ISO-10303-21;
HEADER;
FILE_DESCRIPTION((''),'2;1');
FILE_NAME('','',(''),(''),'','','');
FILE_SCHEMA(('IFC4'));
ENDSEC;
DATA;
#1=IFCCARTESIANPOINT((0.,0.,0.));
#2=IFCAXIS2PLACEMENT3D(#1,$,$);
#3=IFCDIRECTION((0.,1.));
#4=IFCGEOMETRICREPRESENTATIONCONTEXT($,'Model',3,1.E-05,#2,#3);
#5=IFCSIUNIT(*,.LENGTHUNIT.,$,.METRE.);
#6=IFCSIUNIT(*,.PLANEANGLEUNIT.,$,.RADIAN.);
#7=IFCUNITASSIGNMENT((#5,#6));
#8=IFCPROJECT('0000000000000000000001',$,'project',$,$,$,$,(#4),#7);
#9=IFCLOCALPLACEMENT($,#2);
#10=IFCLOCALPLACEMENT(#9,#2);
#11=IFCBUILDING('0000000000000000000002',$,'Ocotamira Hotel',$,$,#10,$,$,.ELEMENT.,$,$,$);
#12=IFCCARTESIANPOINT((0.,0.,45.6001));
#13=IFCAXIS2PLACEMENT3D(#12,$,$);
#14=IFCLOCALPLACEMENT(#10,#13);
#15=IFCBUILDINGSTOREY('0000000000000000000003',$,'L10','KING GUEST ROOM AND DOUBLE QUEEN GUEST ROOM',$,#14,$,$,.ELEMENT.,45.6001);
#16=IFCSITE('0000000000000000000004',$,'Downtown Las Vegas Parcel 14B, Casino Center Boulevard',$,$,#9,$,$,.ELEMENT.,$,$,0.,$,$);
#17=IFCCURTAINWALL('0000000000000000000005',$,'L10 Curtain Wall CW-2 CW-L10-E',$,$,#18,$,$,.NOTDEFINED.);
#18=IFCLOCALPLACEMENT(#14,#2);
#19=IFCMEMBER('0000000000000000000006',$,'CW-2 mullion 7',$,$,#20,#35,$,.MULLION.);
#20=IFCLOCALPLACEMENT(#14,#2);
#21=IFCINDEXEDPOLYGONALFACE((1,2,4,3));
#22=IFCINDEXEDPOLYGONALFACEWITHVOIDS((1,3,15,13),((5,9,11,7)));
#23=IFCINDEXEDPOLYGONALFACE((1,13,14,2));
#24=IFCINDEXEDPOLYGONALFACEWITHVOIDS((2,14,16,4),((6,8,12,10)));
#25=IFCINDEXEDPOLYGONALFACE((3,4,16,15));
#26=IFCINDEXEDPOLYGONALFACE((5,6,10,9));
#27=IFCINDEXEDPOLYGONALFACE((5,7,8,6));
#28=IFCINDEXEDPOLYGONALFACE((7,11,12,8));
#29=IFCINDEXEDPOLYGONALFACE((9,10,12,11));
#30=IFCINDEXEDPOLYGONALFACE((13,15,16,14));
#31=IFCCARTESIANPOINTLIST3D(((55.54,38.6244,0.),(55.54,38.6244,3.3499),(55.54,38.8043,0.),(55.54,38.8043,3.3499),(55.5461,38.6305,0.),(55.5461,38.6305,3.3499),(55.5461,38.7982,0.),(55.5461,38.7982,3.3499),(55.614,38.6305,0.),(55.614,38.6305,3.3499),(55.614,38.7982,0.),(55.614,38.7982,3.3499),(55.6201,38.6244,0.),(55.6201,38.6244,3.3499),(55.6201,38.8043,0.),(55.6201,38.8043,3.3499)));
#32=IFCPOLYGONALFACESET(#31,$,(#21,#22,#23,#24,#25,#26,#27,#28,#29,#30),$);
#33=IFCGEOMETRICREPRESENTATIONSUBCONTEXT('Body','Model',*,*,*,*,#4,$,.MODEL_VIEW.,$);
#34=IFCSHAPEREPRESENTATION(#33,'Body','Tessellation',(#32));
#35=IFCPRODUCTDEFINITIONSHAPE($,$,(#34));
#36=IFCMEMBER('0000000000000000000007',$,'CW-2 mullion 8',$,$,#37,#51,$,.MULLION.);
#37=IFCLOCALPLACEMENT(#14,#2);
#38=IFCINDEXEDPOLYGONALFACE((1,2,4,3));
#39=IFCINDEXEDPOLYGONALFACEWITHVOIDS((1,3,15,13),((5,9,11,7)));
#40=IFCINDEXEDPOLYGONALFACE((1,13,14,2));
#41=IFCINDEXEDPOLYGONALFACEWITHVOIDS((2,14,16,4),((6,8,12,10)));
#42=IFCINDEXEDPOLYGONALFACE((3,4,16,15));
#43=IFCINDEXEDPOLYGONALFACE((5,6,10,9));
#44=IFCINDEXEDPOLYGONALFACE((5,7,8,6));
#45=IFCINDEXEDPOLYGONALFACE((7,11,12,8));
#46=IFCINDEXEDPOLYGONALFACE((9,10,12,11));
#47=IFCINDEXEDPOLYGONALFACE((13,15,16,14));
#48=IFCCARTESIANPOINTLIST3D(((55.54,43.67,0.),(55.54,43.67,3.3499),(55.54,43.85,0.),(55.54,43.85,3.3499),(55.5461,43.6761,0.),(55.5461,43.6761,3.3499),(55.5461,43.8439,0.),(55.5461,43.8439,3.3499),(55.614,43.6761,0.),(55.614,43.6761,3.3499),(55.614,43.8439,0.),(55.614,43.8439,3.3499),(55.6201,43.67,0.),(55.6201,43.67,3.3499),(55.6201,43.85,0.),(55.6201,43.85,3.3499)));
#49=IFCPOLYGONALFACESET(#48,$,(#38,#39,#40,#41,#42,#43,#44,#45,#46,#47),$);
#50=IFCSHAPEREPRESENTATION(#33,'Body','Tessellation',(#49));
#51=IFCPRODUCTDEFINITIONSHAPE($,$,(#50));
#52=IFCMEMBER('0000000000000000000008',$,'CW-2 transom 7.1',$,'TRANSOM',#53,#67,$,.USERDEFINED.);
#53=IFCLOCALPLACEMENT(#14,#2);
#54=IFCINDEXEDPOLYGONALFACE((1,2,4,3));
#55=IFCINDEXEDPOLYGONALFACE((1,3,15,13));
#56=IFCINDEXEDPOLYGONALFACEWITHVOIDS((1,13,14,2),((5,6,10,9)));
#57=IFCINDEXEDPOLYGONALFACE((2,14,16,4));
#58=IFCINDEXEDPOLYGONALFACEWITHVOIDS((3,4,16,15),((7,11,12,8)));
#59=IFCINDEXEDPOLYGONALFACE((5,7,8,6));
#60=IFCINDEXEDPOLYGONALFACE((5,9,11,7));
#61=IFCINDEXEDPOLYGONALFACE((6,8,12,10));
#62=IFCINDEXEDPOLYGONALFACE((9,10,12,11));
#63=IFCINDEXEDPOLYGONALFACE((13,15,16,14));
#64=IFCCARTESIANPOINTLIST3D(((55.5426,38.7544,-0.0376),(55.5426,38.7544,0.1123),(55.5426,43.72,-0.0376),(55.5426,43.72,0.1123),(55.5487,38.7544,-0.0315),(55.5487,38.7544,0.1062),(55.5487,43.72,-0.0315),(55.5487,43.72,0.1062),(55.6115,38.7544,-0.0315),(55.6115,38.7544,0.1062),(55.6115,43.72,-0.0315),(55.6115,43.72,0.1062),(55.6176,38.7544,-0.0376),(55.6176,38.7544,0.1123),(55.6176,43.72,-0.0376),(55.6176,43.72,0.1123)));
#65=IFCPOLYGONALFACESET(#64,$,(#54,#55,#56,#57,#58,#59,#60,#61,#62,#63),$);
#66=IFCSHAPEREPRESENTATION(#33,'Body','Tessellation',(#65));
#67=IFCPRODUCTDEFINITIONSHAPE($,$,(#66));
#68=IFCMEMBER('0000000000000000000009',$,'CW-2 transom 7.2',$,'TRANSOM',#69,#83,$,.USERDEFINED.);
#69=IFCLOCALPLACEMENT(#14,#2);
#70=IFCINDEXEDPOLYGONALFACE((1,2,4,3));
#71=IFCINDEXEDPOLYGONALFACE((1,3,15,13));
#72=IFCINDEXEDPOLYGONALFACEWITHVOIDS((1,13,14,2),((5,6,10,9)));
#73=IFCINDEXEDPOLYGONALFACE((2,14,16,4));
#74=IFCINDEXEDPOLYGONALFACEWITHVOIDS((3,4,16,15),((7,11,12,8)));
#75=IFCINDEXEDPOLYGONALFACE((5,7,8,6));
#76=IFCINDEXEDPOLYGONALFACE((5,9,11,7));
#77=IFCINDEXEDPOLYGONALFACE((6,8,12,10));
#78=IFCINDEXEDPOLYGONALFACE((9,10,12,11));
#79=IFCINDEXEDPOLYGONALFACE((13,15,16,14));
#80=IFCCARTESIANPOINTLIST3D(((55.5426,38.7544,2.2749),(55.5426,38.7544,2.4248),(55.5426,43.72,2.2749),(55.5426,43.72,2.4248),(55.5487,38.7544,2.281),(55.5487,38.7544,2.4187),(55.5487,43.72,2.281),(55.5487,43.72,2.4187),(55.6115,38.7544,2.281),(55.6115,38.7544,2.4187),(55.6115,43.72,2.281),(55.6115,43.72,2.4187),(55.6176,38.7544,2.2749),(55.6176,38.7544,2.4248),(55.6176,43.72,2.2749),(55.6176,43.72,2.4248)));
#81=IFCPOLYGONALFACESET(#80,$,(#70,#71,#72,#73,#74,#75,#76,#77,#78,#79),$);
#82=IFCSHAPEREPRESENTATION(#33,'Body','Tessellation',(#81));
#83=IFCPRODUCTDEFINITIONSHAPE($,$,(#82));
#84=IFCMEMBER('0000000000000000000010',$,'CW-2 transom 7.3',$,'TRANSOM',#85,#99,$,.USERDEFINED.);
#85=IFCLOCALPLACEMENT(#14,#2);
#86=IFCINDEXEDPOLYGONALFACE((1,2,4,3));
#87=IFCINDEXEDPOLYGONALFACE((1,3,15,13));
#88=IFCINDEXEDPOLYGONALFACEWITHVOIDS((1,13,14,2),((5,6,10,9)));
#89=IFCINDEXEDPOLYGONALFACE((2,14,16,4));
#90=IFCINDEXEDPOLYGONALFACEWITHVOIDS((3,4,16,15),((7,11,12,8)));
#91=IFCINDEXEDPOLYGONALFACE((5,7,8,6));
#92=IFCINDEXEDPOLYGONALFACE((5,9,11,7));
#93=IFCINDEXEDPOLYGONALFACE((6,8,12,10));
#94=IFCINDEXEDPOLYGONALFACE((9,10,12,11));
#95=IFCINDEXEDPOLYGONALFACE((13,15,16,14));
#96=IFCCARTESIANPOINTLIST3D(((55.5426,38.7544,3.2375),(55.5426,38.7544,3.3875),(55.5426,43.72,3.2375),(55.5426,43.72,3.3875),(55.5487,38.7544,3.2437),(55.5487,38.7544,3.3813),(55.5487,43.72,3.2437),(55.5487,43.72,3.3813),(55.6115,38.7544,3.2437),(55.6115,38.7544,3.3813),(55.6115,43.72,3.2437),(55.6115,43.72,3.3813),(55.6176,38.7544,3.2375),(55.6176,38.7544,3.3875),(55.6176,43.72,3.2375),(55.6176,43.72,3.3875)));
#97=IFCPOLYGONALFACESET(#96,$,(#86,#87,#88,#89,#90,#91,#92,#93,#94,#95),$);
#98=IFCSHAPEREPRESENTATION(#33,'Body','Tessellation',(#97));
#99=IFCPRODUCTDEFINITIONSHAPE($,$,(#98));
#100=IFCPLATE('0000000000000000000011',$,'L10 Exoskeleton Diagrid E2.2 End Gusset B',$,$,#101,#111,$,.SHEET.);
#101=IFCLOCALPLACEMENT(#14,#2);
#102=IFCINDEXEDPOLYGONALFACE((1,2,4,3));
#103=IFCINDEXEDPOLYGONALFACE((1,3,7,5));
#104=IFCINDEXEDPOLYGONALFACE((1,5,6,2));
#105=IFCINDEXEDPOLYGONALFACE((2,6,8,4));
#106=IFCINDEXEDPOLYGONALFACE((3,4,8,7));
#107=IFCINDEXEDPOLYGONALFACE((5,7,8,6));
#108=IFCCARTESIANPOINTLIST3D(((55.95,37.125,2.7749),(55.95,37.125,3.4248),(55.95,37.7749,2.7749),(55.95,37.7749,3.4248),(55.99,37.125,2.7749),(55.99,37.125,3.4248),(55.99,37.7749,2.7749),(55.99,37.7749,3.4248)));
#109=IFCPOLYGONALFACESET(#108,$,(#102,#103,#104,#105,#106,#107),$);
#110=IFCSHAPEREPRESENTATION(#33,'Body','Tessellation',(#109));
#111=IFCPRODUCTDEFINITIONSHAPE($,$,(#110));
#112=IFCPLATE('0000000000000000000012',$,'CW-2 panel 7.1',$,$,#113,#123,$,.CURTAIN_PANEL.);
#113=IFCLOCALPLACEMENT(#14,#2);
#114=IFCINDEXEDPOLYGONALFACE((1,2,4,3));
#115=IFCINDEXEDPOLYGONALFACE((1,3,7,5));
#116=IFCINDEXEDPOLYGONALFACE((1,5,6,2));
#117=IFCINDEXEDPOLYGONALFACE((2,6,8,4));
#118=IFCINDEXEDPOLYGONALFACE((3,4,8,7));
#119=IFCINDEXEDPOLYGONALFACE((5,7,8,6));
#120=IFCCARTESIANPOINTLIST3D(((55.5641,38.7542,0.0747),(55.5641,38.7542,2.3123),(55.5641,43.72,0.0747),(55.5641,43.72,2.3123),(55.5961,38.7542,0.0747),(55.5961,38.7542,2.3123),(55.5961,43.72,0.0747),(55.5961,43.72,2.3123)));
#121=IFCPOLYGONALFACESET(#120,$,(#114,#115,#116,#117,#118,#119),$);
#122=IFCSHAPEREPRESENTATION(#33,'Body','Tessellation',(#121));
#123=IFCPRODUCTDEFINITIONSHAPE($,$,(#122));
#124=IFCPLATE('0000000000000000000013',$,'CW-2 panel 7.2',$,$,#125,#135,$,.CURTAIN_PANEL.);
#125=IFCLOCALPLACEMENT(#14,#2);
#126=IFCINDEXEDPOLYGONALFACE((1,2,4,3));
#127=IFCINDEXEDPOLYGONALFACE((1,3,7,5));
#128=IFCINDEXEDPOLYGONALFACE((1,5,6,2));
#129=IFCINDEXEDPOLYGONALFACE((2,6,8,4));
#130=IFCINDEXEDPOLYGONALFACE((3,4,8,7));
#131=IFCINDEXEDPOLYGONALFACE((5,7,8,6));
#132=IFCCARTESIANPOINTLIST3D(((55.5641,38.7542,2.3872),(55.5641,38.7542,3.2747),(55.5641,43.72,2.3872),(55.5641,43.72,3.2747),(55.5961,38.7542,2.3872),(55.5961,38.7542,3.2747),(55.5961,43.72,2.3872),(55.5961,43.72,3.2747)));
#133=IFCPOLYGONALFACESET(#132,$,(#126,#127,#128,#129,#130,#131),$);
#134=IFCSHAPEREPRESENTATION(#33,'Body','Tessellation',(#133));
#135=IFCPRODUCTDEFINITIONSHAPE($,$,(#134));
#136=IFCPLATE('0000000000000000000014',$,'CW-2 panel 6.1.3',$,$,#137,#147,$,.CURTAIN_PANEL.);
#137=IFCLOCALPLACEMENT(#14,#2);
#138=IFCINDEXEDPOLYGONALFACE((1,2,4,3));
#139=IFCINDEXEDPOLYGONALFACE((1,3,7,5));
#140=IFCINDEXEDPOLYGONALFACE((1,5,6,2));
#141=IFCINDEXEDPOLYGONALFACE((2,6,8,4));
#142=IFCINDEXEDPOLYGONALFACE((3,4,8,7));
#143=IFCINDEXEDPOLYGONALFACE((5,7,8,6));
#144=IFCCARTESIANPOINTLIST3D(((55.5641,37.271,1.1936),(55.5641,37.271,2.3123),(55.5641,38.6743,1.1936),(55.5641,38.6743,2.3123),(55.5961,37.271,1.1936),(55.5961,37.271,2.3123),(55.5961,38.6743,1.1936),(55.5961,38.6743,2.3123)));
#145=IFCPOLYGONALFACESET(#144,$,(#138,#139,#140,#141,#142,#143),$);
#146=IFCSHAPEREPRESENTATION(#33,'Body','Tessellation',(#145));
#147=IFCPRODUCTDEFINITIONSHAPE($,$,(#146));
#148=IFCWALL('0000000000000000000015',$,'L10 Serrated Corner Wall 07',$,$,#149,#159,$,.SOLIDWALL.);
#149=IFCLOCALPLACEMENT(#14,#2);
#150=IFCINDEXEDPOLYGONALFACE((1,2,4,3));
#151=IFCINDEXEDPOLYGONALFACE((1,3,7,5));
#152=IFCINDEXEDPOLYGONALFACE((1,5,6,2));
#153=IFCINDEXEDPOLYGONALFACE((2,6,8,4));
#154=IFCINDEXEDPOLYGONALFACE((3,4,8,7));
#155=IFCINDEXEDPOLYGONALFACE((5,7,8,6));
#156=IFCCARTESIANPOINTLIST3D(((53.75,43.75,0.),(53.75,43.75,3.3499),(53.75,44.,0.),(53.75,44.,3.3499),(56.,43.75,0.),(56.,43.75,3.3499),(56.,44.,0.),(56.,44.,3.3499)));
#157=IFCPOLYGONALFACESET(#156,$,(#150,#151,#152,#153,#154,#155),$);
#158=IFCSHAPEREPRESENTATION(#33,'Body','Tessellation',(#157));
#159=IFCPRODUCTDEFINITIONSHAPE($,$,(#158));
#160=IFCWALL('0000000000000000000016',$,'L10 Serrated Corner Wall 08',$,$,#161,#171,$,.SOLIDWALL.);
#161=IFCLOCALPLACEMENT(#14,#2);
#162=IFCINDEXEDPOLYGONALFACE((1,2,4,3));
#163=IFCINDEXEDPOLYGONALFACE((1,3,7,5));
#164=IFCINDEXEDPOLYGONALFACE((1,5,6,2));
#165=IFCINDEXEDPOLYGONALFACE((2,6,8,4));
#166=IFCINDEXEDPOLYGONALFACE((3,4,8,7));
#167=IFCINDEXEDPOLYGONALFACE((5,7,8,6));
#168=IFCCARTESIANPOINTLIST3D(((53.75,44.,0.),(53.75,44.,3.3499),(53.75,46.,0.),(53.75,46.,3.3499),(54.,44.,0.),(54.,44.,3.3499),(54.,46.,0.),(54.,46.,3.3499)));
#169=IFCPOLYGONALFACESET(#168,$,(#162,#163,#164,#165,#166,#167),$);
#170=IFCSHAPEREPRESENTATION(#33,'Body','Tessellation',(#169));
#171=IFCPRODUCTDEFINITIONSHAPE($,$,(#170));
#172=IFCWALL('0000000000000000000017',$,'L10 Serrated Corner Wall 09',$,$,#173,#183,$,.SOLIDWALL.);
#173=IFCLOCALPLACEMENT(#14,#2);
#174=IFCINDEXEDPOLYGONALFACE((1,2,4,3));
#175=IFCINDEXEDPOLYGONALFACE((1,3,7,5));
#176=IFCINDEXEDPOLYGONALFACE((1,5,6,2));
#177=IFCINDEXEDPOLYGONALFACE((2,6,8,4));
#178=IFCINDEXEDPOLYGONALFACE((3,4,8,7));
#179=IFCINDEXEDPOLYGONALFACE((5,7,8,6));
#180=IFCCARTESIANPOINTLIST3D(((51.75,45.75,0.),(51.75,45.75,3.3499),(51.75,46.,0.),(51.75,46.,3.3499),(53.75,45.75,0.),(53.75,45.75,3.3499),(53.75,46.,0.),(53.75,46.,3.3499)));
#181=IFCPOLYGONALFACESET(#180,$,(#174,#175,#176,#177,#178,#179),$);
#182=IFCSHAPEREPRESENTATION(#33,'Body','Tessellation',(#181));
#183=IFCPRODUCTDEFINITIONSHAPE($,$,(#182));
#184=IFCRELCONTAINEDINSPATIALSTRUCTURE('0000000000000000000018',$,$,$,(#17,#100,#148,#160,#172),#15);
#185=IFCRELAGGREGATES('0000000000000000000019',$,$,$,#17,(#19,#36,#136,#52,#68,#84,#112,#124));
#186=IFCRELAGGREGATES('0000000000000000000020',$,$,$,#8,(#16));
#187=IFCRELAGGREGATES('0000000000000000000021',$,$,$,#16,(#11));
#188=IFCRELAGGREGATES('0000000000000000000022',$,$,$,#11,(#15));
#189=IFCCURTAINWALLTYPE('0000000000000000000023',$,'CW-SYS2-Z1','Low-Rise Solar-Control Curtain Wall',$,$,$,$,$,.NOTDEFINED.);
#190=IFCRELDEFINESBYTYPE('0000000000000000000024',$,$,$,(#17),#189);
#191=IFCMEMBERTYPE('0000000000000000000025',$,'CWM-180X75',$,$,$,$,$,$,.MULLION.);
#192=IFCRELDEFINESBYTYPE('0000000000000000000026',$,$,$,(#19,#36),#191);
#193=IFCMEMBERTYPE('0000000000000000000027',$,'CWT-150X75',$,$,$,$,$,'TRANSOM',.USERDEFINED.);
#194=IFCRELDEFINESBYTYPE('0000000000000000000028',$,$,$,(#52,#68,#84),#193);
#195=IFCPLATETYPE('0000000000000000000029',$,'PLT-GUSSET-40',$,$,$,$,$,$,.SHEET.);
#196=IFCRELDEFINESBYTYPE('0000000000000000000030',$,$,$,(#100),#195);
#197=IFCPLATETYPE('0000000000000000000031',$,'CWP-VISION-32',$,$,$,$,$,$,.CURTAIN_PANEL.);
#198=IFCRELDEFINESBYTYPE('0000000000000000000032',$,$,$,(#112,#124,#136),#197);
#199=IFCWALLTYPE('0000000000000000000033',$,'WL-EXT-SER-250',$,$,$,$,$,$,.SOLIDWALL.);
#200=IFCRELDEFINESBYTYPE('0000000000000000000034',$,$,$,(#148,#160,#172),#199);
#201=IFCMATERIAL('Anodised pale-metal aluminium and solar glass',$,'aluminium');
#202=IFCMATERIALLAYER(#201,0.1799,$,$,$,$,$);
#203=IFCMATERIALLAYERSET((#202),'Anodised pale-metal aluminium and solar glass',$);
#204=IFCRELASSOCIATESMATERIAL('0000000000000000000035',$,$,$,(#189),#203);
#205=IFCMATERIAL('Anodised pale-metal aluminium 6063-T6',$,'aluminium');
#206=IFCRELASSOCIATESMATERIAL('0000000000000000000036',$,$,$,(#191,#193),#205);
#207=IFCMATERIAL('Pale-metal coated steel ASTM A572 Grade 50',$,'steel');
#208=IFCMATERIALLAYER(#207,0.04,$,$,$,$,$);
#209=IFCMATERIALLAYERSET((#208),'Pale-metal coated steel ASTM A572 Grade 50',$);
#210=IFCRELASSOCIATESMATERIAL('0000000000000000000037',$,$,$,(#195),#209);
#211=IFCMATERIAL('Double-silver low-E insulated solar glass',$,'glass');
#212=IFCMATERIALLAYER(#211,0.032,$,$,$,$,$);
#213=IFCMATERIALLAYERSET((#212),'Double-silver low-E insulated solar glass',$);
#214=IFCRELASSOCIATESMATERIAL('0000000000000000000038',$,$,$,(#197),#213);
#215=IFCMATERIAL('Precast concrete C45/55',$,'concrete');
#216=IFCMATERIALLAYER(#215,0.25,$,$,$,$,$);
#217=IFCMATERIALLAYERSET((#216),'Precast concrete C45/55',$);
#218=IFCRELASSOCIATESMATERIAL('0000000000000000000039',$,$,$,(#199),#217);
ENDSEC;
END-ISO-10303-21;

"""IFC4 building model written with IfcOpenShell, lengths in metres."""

from ifc_helpers import new_model, si_unit, direction, frame, frame_2d, origin, origin_2d, place, context, subcontext, project, spatial, rectangle, hollow_rectangle, extrude, source, transform, mapped, material, layer, layer_set, material_profile, profile_set, type_object, element, aggregate, save


model = new_model("IFC4")

# Units and contexts
model_context = context("Model", 3, precision=1e-05, world=origin(), true_north=direction((0.0, 1.0)))
body_context = subcontext(model_context, "Body", "Model", "MODEL_VIEW")
ifc_project = project(units=[si_unit("LENGTHUNIT", "METRE"), si_unit("PLANEANGLEUNIT", "RADIAN")], contexts=[model_context])

# Site, building, storey
site_placement = place(None, origin())
site = spatial("IfcSite", under=ifc_project, at=site_placement, Name="Downtown Las Vegas Parcel 14B, Casino Center Boulevard", CompositionType="ELEMENT", RefElevation=0.0)
building_placement = place(site_placement, origin())
building = spatial("IfcBuilding", under=site, at=building_placement, Name="Ocotamira Hotel", CompositionType="ELEMENT")
storey_placement = place(building_placement, frame((0.0, 0.0, 45.6001)))
storey = spatial("IfcBuildingStorey", under=building, at=storey_placement, Name="L10", Description="KING GUEST ROOM AND DOUBLE QUEEN GUEST ROOM", CompositionType="ELEMENT", Elevation=45.6001)

# Curtain wall, members
ifc_material_1 = material(Name="Anodised pale-metal aluminium and solar glass", Category="aluminium")
ifc_layer_1 = layer(ifc_material_1, 0.1799)
ifc_layer_set_1 = layer_set([ifc_layer_1], Name="Anodised pale-metal aluminium and solar glass")
curtain_wall_type = type_object("IfcCurtainWallType", Name="CW-SYS2-Z1", Description="Low-Rise Solar-Control Curtain Wall", PredefinedType="NOTDEFINED", material=ifc_layer_set_1)
curtain_wall_placement = place(storey_placement, origin())
curtain_wall = element("IfcCurtainWall", 1, at=curtain_wall_placement, inside=storey, type_object=curtain_wall_type, Name="L10 Curtain Wall CW-2 CW-L10-E", PredefinedType="NOTDEFINED")
ifc_material_2 = material(Name="Anodised pale-metal aluminium 6063-T6", Category="aluminium")
ifc_material_profile_1 = material_profile(ifc_material_2, hollow_rectangle(XDim=0.0801, YDim=0.1799, WallThickness=0.0061, at=origin_2d()), Name="HSS180X80X6")
ifc_profile_set_1 = profile_set([ifc_material_profile_1], Name="Anodised pale-metal aluminium 6063-T6")
member_type_1 = type_object("IfcMemberType", Name="CWM-180X75", PredefinedType="MULLION", material=ifc_profile_set_1)
shared_shape_1 = source(origin(), body_context, "Body", "SweptSolid", [
    extrude(hollow_rectangle(XDim=0.0801, YDim=0.1799, WallThickness=0.0061, at=origin_2d()), origin(), (0.0, 0.0, 1.0), 3.3499),
])
member_1_placement = place(storey_placement, frame((55.5801, 38.7144, 0.0), z_axis=(0.0, 0.0, 1.0), x_axis=(-1.0, 0.0, 0.0)))
member_1 = element("IfcMember", 2, at=member_1_placement, type_object=member_type_1, Name="CW-2 mullion 7", PredefinedType="MULLION", context=body_context, shape_type="MappedRepresentation", body=[
    mapped(shared_shape_1, transform((0.0, 0.0, 0.0), scale=1.0)),
])
member_2_placement = place(storey_placement, frame((55.5801, 43.76, 0.0), z_axis=(0.0, 0.0, 1.0), x_axis=(-1.0, 0.0, 0.0)))
member_2 = element("IfcMember", 3, at=member_2_placement, type_object=member_type_1, Name="CW-2 mullion 8", PredefinedType="MULLION", context=body_context, shape_type="MappedRepresentation", body=[
    mapped(shared_shape_1, transform((0.0, 0.0, 0.0), scale=1.0)),
])
ifc_material_profile_2 = material_profile(ifc_material_2, hollow_rectangle(XDim=0.075, YDim=0.1499, WallThickness=0.0061, at=origin_2d()), Name="HSS150X75X6")
ifc_profile_set_2 = profile_set([ifc_material_profile_2], Name="Anodised pale-metal aluminium 6063-T6")
member_type_2 = type_object("IfcMemberType", Name="CWT-150X75", ElementType="TRANSOM", PredefinedType="USERDEFINED", material=ifc_profile_set_2)
shared_shape_2 = source(origin(), body_context, "Body", "SweptSolid", [
    extrude(hollow_rectangle(XDim=0.075, YDim=0.1499, WallThickness=0.0061, at=origin_2d()), origin(), (0.0, 0.0, 1.0), 4.9656),
])
member_3_placement = place(storey_placement, frame((55.5801, 38.7544, 0.0374), z_axis=(0.0, 1.0, 0.0), x_axis=(-1.0, 0.0, 0.0)))
member_3 = element("IfcMember", 4, at=member_3_placement, type_object=member_type_2, Name="CW-2 transom 7.1", ObjectType="TRANSOM", PredefinedType="USERDEFINED", context=body_context, shape_type="MappedRepresentation", body=[
    mapped(shared_shape_2, transform((0.0, 0.0, 0.0), scale=1.0)),
])
member_4_placement = place(storey_placement, frame((55.5801, 38.7544, 2.3499), z_axis=(0.0, 1.0, 0.0), x_axis=(-1.0, 0.0, 0.0)))
member_4 = element("IfcMember", 5, at=member_4_placement, type_object=member_type_2, Name="CW-2 transom 7.2", ObjectType="TRANSOM", PredefinedType="USERDEFINED", context=body_context, shape_type="MappedRepresentation", body=[
    mapped(shared_shape_2, transform((0.0, 0.0, 0.0), scale=1.0)),
])
member_5_placement = place(storey_placement, frame((55.5801, 38.7544, 3.3125), z_axis=(0.0, 1.0, 0.0), x_axis=(-1.0, 0.0, 0.0)))
member_5 = element("IfcMember", 6, at=member_5_placement, type_object=member_type_2, Name="CW-2 transom 7.3", ObjectType="TRANSOM", PredefinedType="USERDEFINED", context=body_context, shape_type="MappedRepresentation", body=[
    mapped(shared_shape_2, transform((0.0, 0.0, 0.0), scale=1.0)),
])

# Plates
ifc_material_3 = material(Name="Pale-metal coated steel ASTM A572 Grade 50", Category="steel")
ifc_layer_2 = layer(ifc_material_3, 0.04)
ifc_layer_set_2 = layer_set([ifc_layer_2], Name="Pale-metal coated steel ASTM A572 Grade 50")
plate_type_1 = type_object("IfcPlateType", Name="PLT-GUSSET-40", PredefinedType="SHEET", material=ifc_layer_set_2)
shared_shape_3 = source(origin(), body_context, "Body", "SweptSolid", [
    extrude(rectangle(XDim=0.04, YDim=0.6499, at=origin_2d()), origin(), (0.0, 0.0, 1.0), 0.6499),
])
plate_1_placement = place(storey_placement, frame((55.97, 37.45, 2.7749), z_axis=(0.0, 0.0, 1.0), x_axis=(1.0, 0.0, 0.0)))
element("IfcPlate", 7, at=plate_1_placement, inside=storey, type_object=plate_type_1, Name="L10 Exoskeleton Diagrid E2.2 End Gusset B", PredefinedType="SHEET", context=body_context, shape_type="MappedRepresentation", body=[
    mapped(shared_shape_3, transform((0.0, 0.0, 0.0), scale=1.0)),
])
ifc_material_4 = material(Name="Double-silver low-E insulated solar glass", Category="glass")
ifc_layer_3 = layer(ifc_material_4, 0.032)
ifc_layer_set_3 = layer_set([ifc_layer_3], Name="Double-silver low-E insulated solar glass")
plate_type_2 = type_object("IfcPlateType", Name="CWP-VISION-32", PredefinedType="CURTAIN_PANEL", material=ifc_layer_set_3)
shared_shape_4 = source(origin(), body_context, "Body", "SweptSolid", [
    extrude(rectangle(XDim=4.9658, YDim=0.032, at=origin_2d()), origin(), (0.0, 0.0, 1.0), 2.2375),
])
plate_2_placement = place(storey_placement, frame((55.5801, 41.2371, 0.0747), z_axis=(0.0, 0.0, 1.0), x_axis=(0.0, 1.0, 0.0)))
plate_2 = element("IfcPlate", 8, at=plate_2_placement, type_object=plate_type_2, Name="CW-2 panel 7.1", PredefinedType="CURTAIN_PANEL", context=body_context, shape_type="MappedRepresentation", body=[
    mapped(shared_shape_4, transform((0.0, 0.0, 0.0), scale=1.0)),
])
shared_shape_5 = source(origin(), body_context, "Body", "SweptSolid", [
    extrude(rectangle(XDim=4.9658, YDim=0.032, at=origin_2d()), origin(), (0.0, 0.0, 1.0), 0.8875),
])
plate_3_placement = place(storey_placement, frame((55.5801, 41.2371, 2.3872), z_axis=(0.0, 0.0, 1.0), x_axis=(0.0, 1.0, 0.0)))
plate_3 = element("IfcPlate", 9, at=plate_3_placement, type_object=plate_type_2, Name="CW-2 panel 7.2", PredefinedType="CURTAIN_PANEL", context=body_context, shape_type="MappedRepresentation", body=[
    mapped(shared_shape_5, transform((0.0, 0.0, 0.0), scale=1.0)),
])
shared_shape_6 = source(origin(), body_context, "Body", "SweptSolid", [
    extrude(rectangle(XDim=1.4033, YDim=0.032, at=origin_2d()), origin(), (0.0, 0.0, 1.0), 1.1187),
])
plate_4_placement = place(storey_placement, frame((55.5801, 37.9727, 1.1936), z_axis=(0.0, 0.0, 1.0), x_axis=(0.0, 1.0, 0.0)))
plate_4 = element("IfcPlate", 10, at=plate_4_placement, type_object=plate_type_2, Name="CW-2 panel 6.1.3", PredefinedType="CURTAIN_PANEL", context=body_context, shape_type="MappedRepresentation", body=[
    mapped(shared_shape_6, transform((0.0, 0.0, 0.0), scale=1.0)),
])
aggregate(curtain_wall, [member_1, member_2, plate_4, member_3, member_4, member_5, plate_2, plate_3])

# Walls
ifc_material_5 = material(Name="Precast concrete C45/55", Category="concrete")
ifc_layer_4 = layer(ifc_material_5, 0.25)
ifc_layer_set_4 = layer_set([ifc_layer_4], Name="Precast concrete C45/55")
wall_type_1 = type_object("IfcWallType", Name="WL-EXT-SER-250", PredefinedType="SOLIDWALL", material=ifc_layer_set_4)
wall_1_placement = place(storey_placement, frame((56.0, 43.875, 0.0), z_axis=(0.0, 0.0, 1.0), x_axis=(-1.0, 0.0, 0.0)))
element("IfcWall", 11, at=wall_1_placement, inside=storey, type_object=wall_type_1, Name="L10 Serrated Corner Wall 07", PredefinedType="SOLIDWALL", context=body_context, shape_type="SweptSolid", body=[
    extrude(rectangle(XDim=2.25, YDim=0.25, at=frame_2d((1.125, 0.0))), origin(), (0.0, 0.0, 1.0), 3.3499),
])
for number, where, z_axis, x_axis, name in (
    (12, (53.875, 44.0, 0.0), (0.0, 0.0, 1.0), (0.0, 1.0, 0.0), "L10 Serrated Corner Wall 08"),
    (13, (53.75, 45.875, 0.0), (0.0, 0.0, 1.0), (-1.0, 0.0, 0.0), "L10 Serrated Corner Wall 09"),
):
    element("IfcWall", number, at=place(storey_placement, frame(where, z_axis=z_axis, x_axis=x_axis)), inside=storey, type_object=wall_type_1, Name=name, PredefinedType="SOLIDWALL", context=body_context, shape_type="SweptSolid", body=[
        extrude(rectangle(XDim=2.0, YDim=0.25, at=frame_2d((1.0, 0.0))), origin(), (0.0, 0.0, 1.0), 3.3499),
    ])

save(model, "model.ifc")
